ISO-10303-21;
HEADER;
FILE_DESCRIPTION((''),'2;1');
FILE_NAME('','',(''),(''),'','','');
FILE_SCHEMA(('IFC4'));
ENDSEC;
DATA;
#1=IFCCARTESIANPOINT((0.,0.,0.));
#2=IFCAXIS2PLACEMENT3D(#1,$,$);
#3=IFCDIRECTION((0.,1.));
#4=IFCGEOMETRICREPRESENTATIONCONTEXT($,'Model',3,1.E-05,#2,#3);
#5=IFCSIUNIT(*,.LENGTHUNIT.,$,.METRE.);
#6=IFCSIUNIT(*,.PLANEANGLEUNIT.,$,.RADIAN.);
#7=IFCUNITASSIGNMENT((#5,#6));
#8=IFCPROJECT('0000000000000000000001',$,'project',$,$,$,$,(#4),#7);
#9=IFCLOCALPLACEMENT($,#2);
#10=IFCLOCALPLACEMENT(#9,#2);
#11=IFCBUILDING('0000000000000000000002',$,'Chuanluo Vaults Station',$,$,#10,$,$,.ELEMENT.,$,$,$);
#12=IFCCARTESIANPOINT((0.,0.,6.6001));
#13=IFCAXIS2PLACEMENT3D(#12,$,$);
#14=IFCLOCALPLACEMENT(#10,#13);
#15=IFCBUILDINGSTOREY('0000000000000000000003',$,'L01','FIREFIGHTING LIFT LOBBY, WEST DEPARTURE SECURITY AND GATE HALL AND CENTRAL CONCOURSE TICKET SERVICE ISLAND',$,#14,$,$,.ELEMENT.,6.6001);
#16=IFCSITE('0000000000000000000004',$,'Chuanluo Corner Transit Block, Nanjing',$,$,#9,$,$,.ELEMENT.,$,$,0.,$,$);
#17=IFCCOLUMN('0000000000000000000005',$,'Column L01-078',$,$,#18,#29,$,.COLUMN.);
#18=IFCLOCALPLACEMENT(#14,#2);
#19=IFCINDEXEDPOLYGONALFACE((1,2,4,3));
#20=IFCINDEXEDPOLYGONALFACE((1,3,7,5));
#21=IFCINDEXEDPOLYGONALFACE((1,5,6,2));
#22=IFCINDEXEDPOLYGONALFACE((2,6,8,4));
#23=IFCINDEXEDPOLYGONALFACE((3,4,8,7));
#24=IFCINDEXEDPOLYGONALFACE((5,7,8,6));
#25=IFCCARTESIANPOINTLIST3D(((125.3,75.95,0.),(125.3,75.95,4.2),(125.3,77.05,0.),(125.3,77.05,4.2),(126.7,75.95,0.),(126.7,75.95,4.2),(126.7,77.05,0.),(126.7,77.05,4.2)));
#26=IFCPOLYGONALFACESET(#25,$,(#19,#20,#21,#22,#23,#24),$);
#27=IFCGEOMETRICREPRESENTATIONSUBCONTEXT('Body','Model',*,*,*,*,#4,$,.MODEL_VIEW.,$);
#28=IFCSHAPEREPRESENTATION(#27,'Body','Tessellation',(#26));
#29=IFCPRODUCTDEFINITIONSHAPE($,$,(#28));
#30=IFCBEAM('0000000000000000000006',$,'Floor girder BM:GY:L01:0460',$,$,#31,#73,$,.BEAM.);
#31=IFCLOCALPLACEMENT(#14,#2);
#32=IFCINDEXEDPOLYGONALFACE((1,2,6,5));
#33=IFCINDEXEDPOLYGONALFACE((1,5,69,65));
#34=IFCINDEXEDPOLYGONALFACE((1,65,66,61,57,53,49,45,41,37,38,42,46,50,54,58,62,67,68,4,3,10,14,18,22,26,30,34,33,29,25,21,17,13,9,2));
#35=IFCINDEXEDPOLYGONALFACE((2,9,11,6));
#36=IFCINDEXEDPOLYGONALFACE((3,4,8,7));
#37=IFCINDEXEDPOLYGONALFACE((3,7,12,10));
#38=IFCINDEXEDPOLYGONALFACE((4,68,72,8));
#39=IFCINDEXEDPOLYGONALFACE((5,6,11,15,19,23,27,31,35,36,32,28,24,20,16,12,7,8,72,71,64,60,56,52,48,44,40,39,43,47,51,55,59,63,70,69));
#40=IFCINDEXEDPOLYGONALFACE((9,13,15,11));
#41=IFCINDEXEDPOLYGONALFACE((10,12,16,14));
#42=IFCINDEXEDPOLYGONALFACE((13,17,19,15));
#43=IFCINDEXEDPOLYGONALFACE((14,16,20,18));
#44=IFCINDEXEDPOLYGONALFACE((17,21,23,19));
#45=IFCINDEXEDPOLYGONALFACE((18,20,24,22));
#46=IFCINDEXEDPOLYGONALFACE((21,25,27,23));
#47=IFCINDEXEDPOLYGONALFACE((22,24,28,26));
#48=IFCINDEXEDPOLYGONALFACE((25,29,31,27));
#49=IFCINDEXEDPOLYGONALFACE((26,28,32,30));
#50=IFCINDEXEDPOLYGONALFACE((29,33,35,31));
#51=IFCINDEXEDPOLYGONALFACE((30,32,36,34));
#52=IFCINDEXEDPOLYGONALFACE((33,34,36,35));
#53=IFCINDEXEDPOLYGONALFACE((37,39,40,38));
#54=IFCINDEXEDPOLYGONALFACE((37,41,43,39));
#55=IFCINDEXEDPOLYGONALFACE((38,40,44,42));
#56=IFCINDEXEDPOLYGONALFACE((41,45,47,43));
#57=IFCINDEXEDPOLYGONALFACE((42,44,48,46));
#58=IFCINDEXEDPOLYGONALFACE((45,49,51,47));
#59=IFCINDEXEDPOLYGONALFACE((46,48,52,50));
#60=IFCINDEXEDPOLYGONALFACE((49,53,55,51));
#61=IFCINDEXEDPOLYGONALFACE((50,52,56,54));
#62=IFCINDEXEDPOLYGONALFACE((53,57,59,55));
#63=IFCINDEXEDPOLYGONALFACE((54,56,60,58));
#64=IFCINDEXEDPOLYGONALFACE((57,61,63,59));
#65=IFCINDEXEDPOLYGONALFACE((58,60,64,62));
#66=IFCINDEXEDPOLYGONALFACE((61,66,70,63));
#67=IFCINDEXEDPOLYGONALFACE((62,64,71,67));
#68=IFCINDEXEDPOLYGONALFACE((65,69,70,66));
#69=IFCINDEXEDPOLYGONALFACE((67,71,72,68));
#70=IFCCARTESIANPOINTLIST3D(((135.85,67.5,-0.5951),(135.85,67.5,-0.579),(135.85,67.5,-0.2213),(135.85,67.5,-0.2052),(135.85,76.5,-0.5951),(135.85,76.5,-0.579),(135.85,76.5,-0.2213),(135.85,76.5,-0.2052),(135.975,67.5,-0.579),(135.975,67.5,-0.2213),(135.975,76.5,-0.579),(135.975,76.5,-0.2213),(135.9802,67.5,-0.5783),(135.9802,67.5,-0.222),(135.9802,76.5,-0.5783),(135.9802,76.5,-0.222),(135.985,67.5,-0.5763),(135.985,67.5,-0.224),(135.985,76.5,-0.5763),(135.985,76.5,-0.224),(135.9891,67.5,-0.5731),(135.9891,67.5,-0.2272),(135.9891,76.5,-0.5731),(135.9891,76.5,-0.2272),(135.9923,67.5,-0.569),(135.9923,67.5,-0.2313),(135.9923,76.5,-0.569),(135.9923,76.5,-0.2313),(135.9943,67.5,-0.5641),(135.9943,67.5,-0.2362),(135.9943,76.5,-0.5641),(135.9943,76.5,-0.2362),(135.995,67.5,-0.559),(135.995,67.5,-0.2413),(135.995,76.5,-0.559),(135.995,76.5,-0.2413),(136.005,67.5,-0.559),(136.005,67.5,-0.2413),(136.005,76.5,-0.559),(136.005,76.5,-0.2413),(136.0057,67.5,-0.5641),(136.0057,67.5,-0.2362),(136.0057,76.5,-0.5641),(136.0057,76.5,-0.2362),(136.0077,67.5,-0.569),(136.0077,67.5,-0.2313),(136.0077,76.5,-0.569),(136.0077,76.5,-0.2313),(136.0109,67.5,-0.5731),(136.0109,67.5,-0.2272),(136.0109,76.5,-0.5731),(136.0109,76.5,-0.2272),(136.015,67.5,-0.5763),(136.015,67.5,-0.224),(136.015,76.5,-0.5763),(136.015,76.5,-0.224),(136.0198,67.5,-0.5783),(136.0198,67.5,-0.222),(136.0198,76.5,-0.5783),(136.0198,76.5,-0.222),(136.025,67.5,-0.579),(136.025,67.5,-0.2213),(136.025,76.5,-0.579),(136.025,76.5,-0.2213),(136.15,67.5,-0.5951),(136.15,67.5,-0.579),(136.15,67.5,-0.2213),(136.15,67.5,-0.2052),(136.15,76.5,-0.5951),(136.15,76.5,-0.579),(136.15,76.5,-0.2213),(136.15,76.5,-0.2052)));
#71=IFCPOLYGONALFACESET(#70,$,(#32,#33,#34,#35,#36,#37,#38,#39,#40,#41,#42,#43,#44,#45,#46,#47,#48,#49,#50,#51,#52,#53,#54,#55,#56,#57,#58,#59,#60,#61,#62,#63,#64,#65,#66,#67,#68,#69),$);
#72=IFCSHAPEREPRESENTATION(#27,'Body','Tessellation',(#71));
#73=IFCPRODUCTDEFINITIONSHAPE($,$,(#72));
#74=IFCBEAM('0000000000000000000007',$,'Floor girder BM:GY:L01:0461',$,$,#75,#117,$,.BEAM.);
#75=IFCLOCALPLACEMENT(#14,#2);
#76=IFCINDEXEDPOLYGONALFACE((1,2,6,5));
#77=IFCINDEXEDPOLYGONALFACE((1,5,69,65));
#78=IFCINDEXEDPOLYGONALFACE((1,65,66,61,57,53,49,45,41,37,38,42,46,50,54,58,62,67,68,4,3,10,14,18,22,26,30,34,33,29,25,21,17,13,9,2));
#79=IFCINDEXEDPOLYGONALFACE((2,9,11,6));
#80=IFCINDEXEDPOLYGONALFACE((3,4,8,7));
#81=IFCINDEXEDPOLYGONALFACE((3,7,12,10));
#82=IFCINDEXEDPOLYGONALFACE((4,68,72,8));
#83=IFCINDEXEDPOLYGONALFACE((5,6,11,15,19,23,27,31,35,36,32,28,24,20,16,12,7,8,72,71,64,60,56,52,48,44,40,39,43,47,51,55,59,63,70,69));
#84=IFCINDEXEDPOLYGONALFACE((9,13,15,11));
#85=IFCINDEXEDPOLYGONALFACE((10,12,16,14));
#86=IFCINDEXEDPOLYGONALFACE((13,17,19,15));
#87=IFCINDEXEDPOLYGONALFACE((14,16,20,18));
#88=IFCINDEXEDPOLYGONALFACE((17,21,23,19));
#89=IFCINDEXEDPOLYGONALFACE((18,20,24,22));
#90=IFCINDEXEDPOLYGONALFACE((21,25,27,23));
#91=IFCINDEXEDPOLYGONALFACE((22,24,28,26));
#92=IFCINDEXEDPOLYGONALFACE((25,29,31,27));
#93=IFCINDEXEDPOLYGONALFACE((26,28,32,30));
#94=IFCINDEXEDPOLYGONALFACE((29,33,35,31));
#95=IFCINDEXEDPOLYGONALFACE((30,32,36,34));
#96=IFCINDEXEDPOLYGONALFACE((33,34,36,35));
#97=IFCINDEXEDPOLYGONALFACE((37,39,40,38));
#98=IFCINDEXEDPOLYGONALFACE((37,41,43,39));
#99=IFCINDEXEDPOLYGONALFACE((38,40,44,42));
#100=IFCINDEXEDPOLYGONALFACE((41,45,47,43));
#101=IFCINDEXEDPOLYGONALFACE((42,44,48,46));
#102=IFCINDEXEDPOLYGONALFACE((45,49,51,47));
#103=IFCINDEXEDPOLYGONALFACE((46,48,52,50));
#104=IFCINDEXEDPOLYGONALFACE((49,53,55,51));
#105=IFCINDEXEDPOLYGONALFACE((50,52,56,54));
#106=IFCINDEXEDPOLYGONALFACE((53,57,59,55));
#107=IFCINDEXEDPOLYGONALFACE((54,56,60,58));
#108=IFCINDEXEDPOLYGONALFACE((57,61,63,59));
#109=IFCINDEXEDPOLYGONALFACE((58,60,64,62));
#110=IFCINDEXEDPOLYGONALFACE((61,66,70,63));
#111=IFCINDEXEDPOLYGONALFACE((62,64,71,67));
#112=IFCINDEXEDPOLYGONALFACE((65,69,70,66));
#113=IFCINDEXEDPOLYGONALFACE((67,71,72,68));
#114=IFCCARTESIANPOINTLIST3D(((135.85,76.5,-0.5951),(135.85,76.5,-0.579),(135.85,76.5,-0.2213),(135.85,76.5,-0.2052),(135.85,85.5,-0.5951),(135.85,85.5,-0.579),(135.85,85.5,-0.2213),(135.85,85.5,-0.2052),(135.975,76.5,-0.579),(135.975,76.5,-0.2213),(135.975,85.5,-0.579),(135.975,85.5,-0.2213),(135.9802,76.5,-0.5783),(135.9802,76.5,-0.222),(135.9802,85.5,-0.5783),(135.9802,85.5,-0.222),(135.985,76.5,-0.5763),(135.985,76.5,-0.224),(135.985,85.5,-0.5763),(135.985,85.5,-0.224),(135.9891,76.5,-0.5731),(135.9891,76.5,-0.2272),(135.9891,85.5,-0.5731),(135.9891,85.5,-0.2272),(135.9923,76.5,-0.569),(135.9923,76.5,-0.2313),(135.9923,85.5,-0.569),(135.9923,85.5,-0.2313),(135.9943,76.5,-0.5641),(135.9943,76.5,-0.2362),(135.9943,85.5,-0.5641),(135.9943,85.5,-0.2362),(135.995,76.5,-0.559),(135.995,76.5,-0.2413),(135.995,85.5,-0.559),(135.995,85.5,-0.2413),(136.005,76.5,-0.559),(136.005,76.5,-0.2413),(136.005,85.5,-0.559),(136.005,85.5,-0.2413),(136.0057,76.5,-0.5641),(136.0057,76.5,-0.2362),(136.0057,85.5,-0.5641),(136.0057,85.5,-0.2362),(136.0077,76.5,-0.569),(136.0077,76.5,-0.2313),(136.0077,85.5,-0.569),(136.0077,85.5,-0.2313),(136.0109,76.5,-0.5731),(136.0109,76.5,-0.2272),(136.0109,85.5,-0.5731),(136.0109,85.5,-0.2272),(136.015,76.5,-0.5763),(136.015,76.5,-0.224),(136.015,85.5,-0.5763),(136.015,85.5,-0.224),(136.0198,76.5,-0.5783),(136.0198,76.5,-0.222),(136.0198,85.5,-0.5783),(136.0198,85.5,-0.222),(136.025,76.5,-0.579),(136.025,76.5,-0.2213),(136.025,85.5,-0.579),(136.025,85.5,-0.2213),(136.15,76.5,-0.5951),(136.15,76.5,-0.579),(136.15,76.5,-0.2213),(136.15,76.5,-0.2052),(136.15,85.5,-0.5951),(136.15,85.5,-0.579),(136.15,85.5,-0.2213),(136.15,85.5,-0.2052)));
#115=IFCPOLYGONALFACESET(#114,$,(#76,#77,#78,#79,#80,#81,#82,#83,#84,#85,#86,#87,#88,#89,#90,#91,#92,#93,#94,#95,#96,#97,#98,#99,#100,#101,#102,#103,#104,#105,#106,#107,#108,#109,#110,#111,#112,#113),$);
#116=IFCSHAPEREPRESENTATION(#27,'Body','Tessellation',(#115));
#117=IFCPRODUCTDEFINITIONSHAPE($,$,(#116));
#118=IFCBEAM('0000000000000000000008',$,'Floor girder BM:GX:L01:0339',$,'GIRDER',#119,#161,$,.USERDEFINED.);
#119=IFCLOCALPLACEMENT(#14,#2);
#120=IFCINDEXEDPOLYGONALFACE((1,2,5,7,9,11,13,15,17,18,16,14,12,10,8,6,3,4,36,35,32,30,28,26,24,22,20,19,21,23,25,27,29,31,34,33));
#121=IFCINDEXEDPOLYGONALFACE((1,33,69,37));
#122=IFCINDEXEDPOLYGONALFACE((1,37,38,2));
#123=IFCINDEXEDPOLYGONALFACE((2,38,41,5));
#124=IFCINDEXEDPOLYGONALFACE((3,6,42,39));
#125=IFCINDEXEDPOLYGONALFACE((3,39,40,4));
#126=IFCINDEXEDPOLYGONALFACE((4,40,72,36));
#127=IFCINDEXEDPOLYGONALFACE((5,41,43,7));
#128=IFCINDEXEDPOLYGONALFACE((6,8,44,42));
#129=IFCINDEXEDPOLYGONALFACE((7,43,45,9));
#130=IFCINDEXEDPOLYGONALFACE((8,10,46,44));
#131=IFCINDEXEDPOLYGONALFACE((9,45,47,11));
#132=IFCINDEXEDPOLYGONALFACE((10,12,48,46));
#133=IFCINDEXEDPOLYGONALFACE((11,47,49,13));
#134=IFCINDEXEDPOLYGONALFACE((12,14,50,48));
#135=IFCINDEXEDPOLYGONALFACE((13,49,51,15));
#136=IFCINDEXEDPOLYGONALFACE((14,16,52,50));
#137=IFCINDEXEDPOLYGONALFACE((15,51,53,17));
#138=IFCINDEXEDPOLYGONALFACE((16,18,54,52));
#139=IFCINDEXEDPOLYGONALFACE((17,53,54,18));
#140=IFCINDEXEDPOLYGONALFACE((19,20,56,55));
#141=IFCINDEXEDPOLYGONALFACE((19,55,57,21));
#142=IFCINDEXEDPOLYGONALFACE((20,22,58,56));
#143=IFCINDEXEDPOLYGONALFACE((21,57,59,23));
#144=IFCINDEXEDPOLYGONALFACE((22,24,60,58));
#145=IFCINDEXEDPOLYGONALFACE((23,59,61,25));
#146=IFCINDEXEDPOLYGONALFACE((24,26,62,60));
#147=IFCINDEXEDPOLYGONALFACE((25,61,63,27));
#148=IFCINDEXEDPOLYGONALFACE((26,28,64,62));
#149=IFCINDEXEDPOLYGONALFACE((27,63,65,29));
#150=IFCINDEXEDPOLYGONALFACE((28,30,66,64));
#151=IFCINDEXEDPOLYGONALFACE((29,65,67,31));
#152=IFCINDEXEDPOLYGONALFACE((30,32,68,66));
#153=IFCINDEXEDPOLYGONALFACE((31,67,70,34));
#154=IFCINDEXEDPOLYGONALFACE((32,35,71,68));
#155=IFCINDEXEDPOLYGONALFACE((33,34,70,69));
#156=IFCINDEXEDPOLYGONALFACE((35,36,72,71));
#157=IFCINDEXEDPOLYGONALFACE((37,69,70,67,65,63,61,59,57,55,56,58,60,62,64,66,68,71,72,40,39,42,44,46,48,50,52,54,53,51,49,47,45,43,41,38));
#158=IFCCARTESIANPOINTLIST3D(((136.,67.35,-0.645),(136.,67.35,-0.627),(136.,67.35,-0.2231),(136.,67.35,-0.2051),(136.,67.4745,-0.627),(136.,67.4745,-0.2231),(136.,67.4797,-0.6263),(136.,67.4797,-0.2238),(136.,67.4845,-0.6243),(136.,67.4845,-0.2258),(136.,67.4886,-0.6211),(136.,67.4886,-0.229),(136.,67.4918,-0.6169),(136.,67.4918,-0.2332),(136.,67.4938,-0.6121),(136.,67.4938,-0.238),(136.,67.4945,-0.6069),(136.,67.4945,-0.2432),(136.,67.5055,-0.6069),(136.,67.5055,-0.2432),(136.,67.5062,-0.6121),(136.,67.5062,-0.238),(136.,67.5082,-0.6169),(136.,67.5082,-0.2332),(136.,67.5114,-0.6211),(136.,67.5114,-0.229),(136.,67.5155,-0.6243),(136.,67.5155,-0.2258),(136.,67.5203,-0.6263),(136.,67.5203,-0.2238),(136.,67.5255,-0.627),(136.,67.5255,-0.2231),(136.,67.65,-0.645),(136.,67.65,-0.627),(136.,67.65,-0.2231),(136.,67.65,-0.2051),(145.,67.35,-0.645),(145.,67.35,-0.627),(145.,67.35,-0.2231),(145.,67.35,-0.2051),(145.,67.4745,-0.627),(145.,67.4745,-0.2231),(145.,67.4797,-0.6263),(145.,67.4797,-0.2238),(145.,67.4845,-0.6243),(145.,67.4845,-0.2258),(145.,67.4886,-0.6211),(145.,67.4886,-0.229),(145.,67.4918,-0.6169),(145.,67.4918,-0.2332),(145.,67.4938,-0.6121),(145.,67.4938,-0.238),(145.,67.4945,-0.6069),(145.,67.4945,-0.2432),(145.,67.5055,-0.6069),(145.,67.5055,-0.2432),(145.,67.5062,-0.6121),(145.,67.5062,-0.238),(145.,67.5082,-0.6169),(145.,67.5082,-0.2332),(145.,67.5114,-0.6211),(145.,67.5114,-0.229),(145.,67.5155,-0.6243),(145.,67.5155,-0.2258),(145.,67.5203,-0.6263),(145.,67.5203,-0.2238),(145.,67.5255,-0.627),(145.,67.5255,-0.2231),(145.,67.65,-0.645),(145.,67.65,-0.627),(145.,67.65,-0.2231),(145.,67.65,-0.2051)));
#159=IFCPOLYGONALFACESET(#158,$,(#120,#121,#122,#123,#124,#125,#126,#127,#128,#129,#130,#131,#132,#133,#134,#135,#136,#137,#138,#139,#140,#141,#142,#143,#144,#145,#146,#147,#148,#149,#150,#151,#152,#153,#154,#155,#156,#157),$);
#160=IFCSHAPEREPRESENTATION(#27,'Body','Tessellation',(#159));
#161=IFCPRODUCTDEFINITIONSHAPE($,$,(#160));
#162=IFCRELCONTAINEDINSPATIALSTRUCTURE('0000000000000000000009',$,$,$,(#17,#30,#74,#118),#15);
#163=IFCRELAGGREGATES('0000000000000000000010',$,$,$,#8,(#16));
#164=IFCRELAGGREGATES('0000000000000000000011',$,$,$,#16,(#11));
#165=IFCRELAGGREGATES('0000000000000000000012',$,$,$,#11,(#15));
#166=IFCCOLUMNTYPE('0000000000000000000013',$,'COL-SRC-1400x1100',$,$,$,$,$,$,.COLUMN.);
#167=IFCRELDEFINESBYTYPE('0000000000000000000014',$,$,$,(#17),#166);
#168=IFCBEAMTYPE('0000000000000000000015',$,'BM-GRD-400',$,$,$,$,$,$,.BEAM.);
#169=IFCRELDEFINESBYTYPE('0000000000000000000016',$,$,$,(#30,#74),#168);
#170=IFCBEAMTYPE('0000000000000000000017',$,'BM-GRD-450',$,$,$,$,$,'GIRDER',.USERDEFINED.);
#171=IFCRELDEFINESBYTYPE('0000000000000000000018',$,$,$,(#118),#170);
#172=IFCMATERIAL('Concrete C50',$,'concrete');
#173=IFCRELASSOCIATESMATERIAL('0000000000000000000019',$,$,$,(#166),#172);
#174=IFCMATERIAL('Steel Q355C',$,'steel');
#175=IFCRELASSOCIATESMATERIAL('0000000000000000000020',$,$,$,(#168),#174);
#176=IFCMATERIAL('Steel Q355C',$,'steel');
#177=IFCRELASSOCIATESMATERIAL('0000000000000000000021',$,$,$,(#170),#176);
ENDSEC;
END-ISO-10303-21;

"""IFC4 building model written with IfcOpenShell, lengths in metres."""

from ifc_helpers import new_model, si_unit, direction, frame, origin, origin_2d, place, context, subcontext, project, spatial, rectangle, i_section, extrude, material, material_profile, profile_set, type_object, element, save


model = new_model("IFC4")

# Units and contexts
model_context = context("Model", 3, precision=1e-05, world=origin(), true_north=direction((0.0, 1.0)))
body_context = subcontext(model_context, "Body", "Model", "MODEL_VIEW")
ifc_project = project(units=[si_unit("LENGTHUNIT", "METRE"), si_unit("PLANEANGLEUNIT", "RADIAN")], contexts=[model_context])

# Site, building, storey
site_placement = place(None, origin())
site = spatial("IfcSite", under=ifc_project, at=site_placement, Name="Chuanluo Corner Transit Block, Nanjing", CompositionType="ELEMENT", RefElevation=0.0)
building_placement = place(site_placement, origin())
building = spatial("IfcBuilding", under=site, at=building_placement, Name="Chuanluo Vaults Station", CompositionType="ELEMENT")
storey_placement = place(building_placement, frame((0.0, 0.0, 6.6001)))
storey = spatial("IfcBuildingStorey", under=building, at=storey_placement, Name="L01", Description="FIREFIGHTING LIFT LOBBY, WEST DEPARTURE SECURITY AND GATE HALL AND CENTRAL CONCOURSE TICKET SERVICE ISLAND", CompositionType="ELEMENT", Elevation=6.6001)

# Column
ifc_material_1 = material(Name="Concrete C50", Category="concrete")
ifc_material_profile_1 = material_profile(ifc_material_1, rectangle(XDim=1.3999, YDim=1.1001, at=origin_2d()))
ifc_profile_set_1 = profile_set([ifc_material_profile_1], Name="Concrete C50")
column_type = type_object("IfcColumnType", Name="COL-SRC-1400x1100", PredefinedType="COLUMN", material=ifc_profile_set_1)
column_placement = place(storey_placement, frame((126.0, 76.5, 0.0), z_axis=(0.0, 0.0, 1.0), x_axis=(1.0, 0.0, 0.0)))
element("IfcColumn", 1, at=column_placement, inside=storey, type_object=column_type, Name="Column L01-078", PredefinedType="COLUMN", context=body_context, shape_type="SweptSolid", body=[
    extrude(rectangle(XDim=1.3999, YDim=1.1001, at=origin_2d()), origin(), (0.0, 0.0, 1.0), 4.2),
])

# Beams
ifc_material_2 = material(Name="Steel Q355C", Category="steel")
ifc_material_profile_2 = material_profile(ifc_material_2, i_section(OverallWidth=0.3, OverallDepth=0.3899, WebThickness=0.01, FlangeThickness=0.0161, FilletRadius=0.02, at=origin_2d()))
ifc_profile_set_2 = profile_set([ifc_material_profile_2], Name="Steel Q355C")
beam_type_1 = type_object("IfcBeamType", Name="BM-GRD-400", PredefinedType="BEAM", material=ifc_profile_set_2)
for number, where, z_axis, x_axis, name in (
    (2, (136.0, 67.5, -0.4001), (0.0, 1.0, 0.0), (-1.0, 0.0, 0.0), "Floor girder BM:GY:L01:0460"),
    (3, (136.0, 76.5, -0.4001), (0.0, 1.0, 0.0), (-1.0, 0.0, 0.0), "Floor girder BM:GY:L01:0461"),
):
    element("IfcBeam", number, at=place(storey_placement, frame(where, z_axis=z_axis, x_axis=x_axis)), inside=storey, type_object=beam_type_1, Name=name, PredefinedType="BEAM", context=body_context, shape_type="SweptSolid", body=[
        extrude(i_section(OverallWidth=0.3, OverallDepth=0.3899, WebThickness=0.01, FlangeThickness=0.0161, FilletRadius=0.02, at=origin_2d()), origin(), (0.0, 0.0, 1.0), 9.0),
    ])
ifc_material_3 = material(Name="Steel Q355C", Category="steel")
ifc_material_profile_3 = material_profile(ifc_material_3, i_section(OverallWidth=0.3, OverallDepth=0.4399, WebThickness=0.011, FlangeThickness=0.0181, FilletRadius=0.02, at=origin_2d()))
ifc_profile_set_3 = profile_set([ifc_material_profile_3], Name="Steel Q355C")
beam_type_2 = type_object("IfcBeamType", Name="BM-GRD-450", ElementType="GIRDER", PredefinedType="USERDEFINED", material=ifc_profile_set_3)
for number, where, z_axis, x_axis, name in (
    (4, (136.0, 67.5, -0.425), (1.0, 0.0, 0.0), (0.0, 1.0, 0.0), "Floor girder BM:GX:L01:0339"),
):
    element("IfcBeam", number, at=place(storey_placement, frame(where, z_axis=z_axis, x_axis=x_axis)), inside=storey, type_object=beam_type_2, Name=name, ObjectType="GIRDER", PredefinedType="USERDEFINED", context=body_context, shape_type="SweptSolid", body=[
        extrude(i_section(OverallWidth=0.3, OverallDepth=0.4399, WebThickness=0.011, FlangeThickness=0.0181, FilletRadius=0.02, at=origin_2d()), origin(), (0.0, 0.0, 1.0), 9.0),
    ])

save(model, "model.ifc")
